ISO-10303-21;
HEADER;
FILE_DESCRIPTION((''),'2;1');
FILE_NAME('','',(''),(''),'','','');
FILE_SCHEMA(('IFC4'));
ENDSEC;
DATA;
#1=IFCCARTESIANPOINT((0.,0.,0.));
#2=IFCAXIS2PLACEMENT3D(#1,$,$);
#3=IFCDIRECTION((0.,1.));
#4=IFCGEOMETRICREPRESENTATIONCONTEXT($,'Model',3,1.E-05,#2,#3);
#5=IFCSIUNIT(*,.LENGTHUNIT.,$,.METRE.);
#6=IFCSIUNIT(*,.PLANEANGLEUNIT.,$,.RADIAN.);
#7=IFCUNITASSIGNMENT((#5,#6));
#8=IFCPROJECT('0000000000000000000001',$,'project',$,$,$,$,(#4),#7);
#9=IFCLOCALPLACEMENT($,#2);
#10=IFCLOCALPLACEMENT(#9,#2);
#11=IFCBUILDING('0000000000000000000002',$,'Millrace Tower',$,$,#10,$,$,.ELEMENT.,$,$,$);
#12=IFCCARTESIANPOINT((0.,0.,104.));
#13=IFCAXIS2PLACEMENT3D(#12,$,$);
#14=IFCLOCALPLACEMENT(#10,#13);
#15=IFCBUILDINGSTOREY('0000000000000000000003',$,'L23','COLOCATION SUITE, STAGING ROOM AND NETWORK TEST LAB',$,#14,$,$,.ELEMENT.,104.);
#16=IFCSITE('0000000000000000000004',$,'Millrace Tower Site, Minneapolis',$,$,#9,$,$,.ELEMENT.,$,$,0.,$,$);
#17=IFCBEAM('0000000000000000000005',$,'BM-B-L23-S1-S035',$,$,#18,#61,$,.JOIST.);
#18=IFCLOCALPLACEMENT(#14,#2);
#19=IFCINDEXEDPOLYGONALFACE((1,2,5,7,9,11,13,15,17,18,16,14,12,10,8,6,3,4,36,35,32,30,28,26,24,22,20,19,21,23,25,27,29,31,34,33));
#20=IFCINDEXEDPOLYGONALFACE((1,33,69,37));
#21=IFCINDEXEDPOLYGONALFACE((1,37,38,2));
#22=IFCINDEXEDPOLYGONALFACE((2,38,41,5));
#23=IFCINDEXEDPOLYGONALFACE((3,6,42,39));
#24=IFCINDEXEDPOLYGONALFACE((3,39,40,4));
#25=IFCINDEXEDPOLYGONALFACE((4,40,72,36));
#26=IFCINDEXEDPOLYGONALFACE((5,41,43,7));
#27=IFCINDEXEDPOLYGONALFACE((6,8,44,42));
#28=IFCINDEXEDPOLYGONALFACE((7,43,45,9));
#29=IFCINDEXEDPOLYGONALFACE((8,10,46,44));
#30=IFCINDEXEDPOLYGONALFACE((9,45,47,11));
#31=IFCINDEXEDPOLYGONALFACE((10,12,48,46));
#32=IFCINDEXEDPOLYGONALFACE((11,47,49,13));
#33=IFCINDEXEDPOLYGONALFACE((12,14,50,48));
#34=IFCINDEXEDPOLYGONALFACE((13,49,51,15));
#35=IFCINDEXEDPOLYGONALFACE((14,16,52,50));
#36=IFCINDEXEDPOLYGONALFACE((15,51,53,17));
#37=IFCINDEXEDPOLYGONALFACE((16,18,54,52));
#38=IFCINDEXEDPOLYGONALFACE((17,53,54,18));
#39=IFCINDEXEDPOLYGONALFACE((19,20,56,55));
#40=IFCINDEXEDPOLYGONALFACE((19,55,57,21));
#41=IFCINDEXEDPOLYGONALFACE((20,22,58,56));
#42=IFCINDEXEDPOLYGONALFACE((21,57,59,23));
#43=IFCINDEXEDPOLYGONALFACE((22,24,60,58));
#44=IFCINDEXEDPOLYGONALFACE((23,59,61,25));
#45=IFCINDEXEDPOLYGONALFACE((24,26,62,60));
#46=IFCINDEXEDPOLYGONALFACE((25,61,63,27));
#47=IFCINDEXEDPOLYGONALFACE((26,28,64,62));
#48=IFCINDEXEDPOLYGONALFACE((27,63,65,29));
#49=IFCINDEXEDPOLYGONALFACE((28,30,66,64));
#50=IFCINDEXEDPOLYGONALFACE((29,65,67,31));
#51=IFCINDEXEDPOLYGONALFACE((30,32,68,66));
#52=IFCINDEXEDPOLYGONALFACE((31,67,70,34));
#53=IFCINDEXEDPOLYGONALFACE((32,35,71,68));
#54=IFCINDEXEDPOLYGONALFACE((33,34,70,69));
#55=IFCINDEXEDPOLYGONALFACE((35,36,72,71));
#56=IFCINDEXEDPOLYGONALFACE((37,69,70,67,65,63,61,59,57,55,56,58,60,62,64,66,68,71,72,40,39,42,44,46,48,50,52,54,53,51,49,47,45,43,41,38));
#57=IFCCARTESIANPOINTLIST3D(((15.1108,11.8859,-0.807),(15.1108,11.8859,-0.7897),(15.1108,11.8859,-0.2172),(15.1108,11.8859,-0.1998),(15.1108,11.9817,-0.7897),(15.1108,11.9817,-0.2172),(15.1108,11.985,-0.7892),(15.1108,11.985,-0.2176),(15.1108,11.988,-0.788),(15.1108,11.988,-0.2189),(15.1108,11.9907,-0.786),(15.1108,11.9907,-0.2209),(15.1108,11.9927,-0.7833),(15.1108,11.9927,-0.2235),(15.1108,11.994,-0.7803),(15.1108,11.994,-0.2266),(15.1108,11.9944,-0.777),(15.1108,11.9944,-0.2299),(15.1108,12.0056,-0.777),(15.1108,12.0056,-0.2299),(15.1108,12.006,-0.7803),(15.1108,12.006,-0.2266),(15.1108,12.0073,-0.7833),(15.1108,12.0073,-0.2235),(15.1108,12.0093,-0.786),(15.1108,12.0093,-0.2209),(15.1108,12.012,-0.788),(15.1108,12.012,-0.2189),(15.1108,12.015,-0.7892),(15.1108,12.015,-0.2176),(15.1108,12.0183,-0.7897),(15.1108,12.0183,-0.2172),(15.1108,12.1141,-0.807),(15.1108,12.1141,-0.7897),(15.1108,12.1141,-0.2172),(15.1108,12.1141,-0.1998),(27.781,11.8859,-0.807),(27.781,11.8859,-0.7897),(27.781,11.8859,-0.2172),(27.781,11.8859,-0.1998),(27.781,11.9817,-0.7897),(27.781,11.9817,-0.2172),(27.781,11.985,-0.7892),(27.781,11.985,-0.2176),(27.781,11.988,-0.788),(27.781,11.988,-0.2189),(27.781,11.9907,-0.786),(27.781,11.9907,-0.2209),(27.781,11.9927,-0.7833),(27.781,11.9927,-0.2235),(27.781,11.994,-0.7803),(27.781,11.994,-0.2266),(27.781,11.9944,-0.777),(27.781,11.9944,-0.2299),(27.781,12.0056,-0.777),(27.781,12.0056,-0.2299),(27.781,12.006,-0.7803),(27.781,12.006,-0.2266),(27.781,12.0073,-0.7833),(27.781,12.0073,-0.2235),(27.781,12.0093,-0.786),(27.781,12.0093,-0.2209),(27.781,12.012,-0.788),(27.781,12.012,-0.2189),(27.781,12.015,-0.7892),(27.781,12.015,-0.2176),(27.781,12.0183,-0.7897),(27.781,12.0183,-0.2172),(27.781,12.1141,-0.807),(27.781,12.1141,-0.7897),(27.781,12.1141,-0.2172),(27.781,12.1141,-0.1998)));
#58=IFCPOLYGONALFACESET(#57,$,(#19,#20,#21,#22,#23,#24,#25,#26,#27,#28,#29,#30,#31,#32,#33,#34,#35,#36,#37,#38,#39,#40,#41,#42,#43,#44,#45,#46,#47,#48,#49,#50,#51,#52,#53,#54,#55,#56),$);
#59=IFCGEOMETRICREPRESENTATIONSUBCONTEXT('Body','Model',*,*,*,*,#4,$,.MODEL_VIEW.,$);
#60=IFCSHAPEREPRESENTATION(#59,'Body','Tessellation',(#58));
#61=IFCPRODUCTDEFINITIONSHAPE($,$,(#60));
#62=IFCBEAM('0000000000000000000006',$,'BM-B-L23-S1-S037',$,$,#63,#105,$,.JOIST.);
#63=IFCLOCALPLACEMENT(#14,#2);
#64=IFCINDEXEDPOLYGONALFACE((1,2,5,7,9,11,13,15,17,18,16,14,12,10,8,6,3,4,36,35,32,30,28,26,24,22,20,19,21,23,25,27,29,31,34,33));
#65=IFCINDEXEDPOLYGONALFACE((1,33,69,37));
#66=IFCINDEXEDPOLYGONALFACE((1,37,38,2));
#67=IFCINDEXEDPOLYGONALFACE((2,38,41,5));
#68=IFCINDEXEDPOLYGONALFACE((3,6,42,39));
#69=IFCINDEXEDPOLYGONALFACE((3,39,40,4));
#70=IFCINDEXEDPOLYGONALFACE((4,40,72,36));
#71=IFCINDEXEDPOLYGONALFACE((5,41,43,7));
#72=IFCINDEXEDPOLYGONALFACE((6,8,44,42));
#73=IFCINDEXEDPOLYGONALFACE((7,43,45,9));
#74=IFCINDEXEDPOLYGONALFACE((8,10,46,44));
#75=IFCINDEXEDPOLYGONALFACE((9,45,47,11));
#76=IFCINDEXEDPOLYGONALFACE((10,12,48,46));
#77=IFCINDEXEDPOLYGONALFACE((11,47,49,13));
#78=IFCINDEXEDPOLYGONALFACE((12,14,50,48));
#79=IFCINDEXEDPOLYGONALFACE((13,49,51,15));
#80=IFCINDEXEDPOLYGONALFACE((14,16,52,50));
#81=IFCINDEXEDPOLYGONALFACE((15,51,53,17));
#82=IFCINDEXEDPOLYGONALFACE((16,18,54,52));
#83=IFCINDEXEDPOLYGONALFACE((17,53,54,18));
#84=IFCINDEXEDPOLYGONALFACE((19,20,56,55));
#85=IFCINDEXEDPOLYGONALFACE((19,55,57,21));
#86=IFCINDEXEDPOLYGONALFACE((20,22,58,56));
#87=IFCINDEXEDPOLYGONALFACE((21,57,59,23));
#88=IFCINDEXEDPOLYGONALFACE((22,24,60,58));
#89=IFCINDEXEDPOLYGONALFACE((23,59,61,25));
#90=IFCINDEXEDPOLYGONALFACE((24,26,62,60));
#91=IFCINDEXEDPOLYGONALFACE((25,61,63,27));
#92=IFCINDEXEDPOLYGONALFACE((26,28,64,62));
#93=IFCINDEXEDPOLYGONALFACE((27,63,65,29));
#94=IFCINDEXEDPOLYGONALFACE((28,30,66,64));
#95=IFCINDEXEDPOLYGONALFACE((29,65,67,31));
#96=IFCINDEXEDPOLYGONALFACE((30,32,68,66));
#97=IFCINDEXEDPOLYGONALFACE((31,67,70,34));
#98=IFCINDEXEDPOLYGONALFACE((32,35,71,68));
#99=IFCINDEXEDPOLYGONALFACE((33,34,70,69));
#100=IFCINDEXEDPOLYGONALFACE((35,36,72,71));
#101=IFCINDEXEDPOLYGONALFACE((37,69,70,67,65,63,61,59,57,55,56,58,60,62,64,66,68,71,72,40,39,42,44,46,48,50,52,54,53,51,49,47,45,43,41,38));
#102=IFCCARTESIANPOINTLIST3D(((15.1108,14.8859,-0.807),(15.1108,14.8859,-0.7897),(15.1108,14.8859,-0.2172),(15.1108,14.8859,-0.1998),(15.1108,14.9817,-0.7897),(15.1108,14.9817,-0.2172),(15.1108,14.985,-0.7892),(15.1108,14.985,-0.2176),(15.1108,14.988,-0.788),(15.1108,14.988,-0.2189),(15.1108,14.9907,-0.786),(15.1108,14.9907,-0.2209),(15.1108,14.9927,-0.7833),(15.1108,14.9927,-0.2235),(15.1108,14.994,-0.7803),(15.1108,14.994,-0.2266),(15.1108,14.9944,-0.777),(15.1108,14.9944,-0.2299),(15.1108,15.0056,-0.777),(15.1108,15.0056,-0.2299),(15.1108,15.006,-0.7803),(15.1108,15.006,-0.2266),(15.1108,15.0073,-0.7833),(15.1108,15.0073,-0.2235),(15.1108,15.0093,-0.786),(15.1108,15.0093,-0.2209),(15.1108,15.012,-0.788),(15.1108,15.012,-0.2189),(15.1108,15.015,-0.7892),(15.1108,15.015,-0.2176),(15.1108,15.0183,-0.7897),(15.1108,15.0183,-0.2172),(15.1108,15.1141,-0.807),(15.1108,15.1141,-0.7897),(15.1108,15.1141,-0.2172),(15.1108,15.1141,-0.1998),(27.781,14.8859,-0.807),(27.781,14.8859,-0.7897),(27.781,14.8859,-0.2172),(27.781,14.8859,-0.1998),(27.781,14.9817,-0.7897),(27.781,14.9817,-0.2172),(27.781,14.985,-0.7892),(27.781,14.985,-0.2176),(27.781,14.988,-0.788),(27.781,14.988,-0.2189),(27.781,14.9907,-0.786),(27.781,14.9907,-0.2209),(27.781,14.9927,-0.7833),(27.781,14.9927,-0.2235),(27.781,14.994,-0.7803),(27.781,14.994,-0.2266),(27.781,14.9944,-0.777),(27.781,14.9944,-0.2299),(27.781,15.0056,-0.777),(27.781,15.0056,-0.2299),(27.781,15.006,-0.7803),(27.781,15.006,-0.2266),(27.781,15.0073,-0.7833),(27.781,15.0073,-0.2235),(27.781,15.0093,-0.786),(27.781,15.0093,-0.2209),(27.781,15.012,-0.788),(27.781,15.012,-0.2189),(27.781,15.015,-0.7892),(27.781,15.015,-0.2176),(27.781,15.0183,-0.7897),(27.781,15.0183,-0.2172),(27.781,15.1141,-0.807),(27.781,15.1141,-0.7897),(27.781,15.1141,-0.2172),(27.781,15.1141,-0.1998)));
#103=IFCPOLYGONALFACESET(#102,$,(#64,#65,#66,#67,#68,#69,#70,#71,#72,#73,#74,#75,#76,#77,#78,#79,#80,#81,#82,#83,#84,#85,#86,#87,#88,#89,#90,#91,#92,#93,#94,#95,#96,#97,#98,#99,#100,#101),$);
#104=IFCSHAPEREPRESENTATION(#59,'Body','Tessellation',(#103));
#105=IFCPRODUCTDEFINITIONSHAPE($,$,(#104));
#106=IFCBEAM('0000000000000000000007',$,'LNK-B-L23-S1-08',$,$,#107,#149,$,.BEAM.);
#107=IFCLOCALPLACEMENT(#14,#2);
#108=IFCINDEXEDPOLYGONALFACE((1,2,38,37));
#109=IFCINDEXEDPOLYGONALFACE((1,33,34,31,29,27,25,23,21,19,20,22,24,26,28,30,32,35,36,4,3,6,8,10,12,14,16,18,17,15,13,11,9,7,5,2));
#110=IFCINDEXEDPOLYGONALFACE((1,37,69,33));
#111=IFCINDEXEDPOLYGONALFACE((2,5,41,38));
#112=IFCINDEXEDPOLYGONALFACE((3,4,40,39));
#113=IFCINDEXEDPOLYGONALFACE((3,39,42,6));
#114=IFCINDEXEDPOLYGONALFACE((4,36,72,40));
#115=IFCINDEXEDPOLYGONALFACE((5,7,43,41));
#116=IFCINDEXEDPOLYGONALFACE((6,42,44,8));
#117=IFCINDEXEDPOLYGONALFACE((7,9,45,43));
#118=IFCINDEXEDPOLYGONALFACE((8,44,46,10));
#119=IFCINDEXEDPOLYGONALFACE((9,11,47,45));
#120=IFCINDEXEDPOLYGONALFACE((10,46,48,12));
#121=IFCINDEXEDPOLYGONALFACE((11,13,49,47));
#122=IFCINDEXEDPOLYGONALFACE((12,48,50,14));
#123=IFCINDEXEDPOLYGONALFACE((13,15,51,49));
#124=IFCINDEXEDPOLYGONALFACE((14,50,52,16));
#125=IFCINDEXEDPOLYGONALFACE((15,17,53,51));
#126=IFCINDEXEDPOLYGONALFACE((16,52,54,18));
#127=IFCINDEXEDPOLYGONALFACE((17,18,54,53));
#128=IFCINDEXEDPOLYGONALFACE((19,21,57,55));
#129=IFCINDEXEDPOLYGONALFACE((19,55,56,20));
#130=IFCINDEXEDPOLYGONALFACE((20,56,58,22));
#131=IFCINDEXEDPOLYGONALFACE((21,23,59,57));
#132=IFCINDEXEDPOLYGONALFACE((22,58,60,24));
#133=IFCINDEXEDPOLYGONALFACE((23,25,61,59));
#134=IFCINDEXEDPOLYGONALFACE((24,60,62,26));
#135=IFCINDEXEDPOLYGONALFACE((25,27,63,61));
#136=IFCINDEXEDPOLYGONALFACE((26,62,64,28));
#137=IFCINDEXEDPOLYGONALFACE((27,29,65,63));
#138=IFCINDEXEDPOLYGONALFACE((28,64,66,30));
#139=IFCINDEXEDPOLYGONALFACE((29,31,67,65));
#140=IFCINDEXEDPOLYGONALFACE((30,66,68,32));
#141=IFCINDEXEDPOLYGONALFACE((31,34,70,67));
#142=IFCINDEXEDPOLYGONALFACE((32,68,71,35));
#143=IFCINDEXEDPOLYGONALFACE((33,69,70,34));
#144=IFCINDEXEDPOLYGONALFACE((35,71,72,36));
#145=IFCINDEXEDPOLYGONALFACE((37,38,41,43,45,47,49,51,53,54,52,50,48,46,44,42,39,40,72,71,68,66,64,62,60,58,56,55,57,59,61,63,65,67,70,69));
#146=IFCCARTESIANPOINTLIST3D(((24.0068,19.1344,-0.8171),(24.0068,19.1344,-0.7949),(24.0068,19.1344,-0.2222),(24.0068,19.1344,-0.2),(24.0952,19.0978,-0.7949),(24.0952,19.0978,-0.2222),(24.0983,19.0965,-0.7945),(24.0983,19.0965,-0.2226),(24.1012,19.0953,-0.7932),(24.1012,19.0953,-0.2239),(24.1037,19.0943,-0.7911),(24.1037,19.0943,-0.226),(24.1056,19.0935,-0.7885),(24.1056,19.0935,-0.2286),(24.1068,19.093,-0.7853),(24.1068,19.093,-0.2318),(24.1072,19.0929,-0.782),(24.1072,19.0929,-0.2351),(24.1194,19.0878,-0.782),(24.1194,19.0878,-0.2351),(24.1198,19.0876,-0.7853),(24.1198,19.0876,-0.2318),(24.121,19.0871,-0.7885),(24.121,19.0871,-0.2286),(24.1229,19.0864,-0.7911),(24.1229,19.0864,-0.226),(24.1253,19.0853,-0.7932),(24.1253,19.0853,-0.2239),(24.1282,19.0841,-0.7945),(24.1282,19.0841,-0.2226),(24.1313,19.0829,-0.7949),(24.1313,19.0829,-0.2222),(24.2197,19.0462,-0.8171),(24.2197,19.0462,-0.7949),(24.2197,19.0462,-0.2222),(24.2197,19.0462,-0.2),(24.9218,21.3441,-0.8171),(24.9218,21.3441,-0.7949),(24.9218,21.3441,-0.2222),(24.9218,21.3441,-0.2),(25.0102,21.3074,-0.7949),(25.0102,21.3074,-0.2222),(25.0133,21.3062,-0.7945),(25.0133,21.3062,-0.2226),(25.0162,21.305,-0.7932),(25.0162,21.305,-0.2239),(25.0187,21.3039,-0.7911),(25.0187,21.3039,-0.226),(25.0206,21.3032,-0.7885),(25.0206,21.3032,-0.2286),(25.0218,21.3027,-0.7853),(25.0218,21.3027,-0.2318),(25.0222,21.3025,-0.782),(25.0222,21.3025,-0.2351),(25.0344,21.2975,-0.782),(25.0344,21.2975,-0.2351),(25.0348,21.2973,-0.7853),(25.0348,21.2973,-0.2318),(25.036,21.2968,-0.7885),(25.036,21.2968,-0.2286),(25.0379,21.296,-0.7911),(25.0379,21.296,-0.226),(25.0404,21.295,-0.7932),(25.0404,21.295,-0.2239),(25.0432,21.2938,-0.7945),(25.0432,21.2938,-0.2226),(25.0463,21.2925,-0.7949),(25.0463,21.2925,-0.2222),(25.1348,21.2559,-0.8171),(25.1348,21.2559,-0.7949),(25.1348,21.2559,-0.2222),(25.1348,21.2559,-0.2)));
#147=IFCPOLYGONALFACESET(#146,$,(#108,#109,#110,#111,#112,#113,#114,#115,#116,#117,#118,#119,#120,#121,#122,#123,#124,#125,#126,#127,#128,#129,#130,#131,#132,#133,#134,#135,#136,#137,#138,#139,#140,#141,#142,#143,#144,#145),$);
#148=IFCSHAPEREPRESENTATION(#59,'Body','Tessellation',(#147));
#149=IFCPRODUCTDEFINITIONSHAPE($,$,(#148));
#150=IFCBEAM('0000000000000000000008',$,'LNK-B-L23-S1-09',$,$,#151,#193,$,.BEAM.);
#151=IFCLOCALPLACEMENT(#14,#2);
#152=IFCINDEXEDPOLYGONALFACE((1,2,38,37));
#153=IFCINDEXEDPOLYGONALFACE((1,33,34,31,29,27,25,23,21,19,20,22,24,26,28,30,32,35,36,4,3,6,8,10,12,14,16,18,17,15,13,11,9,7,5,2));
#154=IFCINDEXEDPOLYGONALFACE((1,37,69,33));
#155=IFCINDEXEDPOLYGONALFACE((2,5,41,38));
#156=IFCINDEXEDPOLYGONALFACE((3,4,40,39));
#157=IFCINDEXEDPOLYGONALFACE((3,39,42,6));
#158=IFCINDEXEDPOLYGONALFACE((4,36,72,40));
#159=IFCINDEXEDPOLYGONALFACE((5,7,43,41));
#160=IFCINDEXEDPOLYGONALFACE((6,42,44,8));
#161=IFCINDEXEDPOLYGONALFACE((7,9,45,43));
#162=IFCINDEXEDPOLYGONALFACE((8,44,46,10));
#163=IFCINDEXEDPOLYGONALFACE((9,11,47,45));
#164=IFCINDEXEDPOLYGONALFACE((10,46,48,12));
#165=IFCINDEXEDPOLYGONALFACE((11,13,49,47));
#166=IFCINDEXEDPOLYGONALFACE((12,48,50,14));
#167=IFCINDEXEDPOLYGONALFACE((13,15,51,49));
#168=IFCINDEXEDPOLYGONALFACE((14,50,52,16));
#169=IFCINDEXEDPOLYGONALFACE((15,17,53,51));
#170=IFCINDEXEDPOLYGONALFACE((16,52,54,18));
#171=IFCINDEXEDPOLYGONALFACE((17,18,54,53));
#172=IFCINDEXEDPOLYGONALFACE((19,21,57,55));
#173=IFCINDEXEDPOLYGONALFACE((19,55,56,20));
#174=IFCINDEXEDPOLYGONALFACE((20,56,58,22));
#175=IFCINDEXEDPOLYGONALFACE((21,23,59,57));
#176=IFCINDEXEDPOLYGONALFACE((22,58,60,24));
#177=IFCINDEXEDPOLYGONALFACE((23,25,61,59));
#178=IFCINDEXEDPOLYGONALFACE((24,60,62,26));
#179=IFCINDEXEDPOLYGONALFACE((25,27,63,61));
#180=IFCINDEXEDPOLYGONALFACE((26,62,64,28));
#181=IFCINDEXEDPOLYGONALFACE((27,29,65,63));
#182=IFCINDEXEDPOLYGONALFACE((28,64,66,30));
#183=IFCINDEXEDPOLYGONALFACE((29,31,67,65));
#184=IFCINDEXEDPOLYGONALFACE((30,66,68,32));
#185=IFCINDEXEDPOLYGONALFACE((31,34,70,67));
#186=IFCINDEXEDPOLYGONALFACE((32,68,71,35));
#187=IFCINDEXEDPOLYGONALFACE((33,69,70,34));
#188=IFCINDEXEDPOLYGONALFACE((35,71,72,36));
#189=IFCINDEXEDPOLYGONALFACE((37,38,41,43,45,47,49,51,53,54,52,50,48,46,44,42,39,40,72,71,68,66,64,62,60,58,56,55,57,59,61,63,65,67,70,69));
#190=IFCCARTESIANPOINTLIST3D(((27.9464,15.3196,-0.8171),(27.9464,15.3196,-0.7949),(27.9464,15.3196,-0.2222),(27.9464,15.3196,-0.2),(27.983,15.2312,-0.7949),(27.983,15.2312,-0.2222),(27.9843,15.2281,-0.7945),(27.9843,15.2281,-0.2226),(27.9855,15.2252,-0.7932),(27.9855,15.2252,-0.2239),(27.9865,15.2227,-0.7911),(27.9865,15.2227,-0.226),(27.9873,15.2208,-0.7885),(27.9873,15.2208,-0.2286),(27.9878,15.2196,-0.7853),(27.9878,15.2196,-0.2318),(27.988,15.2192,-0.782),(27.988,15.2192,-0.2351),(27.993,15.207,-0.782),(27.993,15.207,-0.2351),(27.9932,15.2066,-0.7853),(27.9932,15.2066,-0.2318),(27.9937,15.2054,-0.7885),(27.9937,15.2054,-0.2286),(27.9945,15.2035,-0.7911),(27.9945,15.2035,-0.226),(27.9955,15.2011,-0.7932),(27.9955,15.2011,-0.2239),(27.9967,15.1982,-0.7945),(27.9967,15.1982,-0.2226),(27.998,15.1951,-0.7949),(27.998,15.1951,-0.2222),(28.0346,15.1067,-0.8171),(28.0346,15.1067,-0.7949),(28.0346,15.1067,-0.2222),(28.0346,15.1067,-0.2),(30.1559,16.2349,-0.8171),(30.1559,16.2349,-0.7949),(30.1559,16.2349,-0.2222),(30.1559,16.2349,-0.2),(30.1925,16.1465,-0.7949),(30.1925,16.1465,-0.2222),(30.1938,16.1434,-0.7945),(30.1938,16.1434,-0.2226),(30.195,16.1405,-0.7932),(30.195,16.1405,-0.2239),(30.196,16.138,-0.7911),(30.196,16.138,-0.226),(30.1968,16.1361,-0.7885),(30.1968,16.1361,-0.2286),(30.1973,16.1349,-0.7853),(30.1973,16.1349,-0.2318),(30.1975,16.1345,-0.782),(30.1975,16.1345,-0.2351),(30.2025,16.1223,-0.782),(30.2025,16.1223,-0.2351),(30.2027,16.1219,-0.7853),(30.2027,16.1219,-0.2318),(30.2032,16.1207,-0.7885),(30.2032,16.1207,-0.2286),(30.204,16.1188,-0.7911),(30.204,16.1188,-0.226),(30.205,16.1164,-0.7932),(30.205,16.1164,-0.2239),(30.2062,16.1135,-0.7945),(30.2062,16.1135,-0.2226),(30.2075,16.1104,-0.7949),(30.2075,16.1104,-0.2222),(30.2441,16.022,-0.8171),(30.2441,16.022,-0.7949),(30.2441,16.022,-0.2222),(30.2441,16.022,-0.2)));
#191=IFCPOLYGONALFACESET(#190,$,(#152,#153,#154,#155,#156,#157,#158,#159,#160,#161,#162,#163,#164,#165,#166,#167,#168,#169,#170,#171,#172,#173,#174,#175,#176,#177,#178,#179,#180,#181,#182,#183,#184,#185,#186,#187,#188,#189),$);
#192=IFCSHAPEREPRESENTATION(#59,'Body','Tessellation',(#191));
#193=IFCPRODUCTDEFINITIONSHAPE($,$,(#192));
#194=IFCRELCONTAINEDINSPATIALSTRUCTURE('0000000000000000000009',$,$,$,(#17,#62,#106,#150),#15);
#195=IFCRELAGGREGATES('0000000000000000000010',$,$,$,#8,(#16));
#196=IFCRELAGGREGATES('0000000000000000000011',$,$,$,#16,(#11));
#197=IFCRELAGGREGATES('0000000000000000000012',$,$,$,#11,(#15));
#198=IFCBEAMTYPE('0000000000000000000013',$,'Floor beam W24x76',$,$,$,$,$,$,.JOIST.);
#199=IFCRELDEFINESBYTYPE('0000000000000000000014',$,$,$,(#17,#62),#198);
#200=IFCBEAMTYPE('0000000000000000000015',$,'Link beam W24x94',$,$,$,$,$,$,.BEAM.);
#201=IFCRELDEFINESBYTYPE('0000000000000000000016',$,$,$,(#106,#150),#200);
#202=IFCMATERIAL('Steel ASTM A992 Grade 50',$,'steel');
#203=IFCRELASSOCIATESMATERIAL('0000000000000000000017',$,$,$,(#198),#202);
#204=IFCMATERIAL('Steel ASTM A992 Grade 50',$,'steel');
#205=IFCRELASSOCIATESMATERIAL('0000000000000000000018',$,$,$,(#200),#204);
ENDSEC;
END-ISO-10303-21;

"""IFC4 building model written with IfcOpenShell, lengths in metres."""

from ifc_helpers import new_model, si_unit, direction, frame, origin, origin_2d, place, context, subcontext, project, spatial, i_section, extrude, material, material_profile, profile_set, type_object, element, save


model = new_model("IFC4")

# Units and contexts
model_context = context("Model", 3, precision=1e-05, world=origin(), true_north=direction((0.0, 1.0)))
body_context = subcontext(model_context, "Body", "Model", "MODEL_VIEW")
ifc_project = project(units=[si_unit("LENGTHUNIT", "METRE"), si_unit("PLANEANGLEUNIT", "RADIAN")], contexts=[model_context])

# Site, building, storey
site_placement = place(None, origin())
site = spatial("IfcSite", under=ifc_project, at=site_placement, Name="Millrace Tower Site, Minneapolis", CompositionType="ELEMENT", RefElevation=0.0)
building_placement = place(site_placement, origin())
building = spatial("IfcBuilding", under=site, at=building_placement, Name="Millrace Tower", CompositionType="ELEMENT")
storey_placement = place(building_placement, frame((0.0, 0.0, 104.0)))
storey = spatial("IfcBuildingStorey", under=building, at=storey_placement, Name="L23", Description="COLOCATION SUITE, STAGING ROOM AND NETWORK TEST LAB", CompositionType="ELEMENT", Elevation=104.0)

# Beams
ifc_material_1 = material(Name="Steel ASTM A992 Grade 50", Category="steel")
ifc_material_profile_1 = material_profile(ifc_material_1, i_section(OverallWidth=0.2283, OverallDepth=0.6072, WebThickness=0.0112, FlangeThickness=0.0173, FilletRadius=0.0127, at=origin_2d()))
ifc_profile_set_1 = profile_set([ifc_material_profile_1], Name="Steel ASTM A992 Grade 50")
beam_type_1 = type_object("IfcBeamType", Name="Floor beam W24x76", PredefinedType="JOIST", material=ifc_profile_set_1)
for number, where, z_axis, x_axis, name in (
    (1, (15.1108, 12.0, -0.5034), (1.0, 0.0, 0.0), (0.0, 1.0, 0.0), "BM-B-L23-S1-S035"),
    (2, (15.1108, 15.0, -0.5034), (1.0, 0.0, 0.0), (0.0, 1.0, 0.0), "BM-B-L23-S1-S037"),
):
    element("IfcBeam", number, at=place(storey_placement, frame(where, z_axis=z_axis, x_axis=x_axis)), inside=storey, type_object=beam_type_1, Name=name, PredefinedType="JOIST", context=body_context, shape_type="SweptSolid", body=[
        extrude(i_section(OverallWidth=0.2283, OverallDepth=0.6072, WebThickness=0.0112, FlangeThickness=0.0173, FilletRadius=0.0127, at=origin_2d()), origin(), (0.0, 0.0, 1.0), 12.6702),
    ])
ifc_material_2 = material(Name="Steel ASTM A992 Grade 50", Category="steel")
ifc_material_profile_2 = material_profile(ifc_material_2, i_section(OverallWidth=0.2305, OverallDepth=0.6172, WebThickness=0.0132, FlangeThickness=0.0222, FilletRadius=0.0129, at=origin_2d()))
ifc_profile_set_2 = profile_set([ifc_material_profile_2], Name="Steel ASTM A992 Grade 50")
beam_type_2 = type_object("IfcBeamType", Name="Link beam W24x94", PredefinedType="BEAM", material=ifc_profile_set_2)
for number, where, z_axis, x_axis, name in (
    (3, (24.1133, 19.0903, -0.5085), (0.382592, 0.923917, 0.0), (-0.923917, 0.382592, 0.0), "LNK-B-L23-S1-08"),
    (4, (27.9905, 15.2131, -0.5085), (0.923866, 0.382715, 0.0), (-0.382715, 0.923866, 0.0), "LNK-B-L23-S1-09"),
):
    element("IfcBeam", number, at=place(storey_placement, frame(where, z_axis=z_axis, x_axis=x_axis)), inside=storey, type_object=beam_type_2, Name=name, PredefinedType="BEAM", context=body_context, shape_type="SweptSolid", body=[
        extrude(i_section(OverallWidth=0.2305, OverallDepth=0.6172, WebThickness=0.0132, FlangeThickness=0.0222, FilletRadius=0.0129, at=origin_2d()), origin(), (0.0, 0.0, 1.0), 2.3916),
    ])

save(model, "model.ifc")
